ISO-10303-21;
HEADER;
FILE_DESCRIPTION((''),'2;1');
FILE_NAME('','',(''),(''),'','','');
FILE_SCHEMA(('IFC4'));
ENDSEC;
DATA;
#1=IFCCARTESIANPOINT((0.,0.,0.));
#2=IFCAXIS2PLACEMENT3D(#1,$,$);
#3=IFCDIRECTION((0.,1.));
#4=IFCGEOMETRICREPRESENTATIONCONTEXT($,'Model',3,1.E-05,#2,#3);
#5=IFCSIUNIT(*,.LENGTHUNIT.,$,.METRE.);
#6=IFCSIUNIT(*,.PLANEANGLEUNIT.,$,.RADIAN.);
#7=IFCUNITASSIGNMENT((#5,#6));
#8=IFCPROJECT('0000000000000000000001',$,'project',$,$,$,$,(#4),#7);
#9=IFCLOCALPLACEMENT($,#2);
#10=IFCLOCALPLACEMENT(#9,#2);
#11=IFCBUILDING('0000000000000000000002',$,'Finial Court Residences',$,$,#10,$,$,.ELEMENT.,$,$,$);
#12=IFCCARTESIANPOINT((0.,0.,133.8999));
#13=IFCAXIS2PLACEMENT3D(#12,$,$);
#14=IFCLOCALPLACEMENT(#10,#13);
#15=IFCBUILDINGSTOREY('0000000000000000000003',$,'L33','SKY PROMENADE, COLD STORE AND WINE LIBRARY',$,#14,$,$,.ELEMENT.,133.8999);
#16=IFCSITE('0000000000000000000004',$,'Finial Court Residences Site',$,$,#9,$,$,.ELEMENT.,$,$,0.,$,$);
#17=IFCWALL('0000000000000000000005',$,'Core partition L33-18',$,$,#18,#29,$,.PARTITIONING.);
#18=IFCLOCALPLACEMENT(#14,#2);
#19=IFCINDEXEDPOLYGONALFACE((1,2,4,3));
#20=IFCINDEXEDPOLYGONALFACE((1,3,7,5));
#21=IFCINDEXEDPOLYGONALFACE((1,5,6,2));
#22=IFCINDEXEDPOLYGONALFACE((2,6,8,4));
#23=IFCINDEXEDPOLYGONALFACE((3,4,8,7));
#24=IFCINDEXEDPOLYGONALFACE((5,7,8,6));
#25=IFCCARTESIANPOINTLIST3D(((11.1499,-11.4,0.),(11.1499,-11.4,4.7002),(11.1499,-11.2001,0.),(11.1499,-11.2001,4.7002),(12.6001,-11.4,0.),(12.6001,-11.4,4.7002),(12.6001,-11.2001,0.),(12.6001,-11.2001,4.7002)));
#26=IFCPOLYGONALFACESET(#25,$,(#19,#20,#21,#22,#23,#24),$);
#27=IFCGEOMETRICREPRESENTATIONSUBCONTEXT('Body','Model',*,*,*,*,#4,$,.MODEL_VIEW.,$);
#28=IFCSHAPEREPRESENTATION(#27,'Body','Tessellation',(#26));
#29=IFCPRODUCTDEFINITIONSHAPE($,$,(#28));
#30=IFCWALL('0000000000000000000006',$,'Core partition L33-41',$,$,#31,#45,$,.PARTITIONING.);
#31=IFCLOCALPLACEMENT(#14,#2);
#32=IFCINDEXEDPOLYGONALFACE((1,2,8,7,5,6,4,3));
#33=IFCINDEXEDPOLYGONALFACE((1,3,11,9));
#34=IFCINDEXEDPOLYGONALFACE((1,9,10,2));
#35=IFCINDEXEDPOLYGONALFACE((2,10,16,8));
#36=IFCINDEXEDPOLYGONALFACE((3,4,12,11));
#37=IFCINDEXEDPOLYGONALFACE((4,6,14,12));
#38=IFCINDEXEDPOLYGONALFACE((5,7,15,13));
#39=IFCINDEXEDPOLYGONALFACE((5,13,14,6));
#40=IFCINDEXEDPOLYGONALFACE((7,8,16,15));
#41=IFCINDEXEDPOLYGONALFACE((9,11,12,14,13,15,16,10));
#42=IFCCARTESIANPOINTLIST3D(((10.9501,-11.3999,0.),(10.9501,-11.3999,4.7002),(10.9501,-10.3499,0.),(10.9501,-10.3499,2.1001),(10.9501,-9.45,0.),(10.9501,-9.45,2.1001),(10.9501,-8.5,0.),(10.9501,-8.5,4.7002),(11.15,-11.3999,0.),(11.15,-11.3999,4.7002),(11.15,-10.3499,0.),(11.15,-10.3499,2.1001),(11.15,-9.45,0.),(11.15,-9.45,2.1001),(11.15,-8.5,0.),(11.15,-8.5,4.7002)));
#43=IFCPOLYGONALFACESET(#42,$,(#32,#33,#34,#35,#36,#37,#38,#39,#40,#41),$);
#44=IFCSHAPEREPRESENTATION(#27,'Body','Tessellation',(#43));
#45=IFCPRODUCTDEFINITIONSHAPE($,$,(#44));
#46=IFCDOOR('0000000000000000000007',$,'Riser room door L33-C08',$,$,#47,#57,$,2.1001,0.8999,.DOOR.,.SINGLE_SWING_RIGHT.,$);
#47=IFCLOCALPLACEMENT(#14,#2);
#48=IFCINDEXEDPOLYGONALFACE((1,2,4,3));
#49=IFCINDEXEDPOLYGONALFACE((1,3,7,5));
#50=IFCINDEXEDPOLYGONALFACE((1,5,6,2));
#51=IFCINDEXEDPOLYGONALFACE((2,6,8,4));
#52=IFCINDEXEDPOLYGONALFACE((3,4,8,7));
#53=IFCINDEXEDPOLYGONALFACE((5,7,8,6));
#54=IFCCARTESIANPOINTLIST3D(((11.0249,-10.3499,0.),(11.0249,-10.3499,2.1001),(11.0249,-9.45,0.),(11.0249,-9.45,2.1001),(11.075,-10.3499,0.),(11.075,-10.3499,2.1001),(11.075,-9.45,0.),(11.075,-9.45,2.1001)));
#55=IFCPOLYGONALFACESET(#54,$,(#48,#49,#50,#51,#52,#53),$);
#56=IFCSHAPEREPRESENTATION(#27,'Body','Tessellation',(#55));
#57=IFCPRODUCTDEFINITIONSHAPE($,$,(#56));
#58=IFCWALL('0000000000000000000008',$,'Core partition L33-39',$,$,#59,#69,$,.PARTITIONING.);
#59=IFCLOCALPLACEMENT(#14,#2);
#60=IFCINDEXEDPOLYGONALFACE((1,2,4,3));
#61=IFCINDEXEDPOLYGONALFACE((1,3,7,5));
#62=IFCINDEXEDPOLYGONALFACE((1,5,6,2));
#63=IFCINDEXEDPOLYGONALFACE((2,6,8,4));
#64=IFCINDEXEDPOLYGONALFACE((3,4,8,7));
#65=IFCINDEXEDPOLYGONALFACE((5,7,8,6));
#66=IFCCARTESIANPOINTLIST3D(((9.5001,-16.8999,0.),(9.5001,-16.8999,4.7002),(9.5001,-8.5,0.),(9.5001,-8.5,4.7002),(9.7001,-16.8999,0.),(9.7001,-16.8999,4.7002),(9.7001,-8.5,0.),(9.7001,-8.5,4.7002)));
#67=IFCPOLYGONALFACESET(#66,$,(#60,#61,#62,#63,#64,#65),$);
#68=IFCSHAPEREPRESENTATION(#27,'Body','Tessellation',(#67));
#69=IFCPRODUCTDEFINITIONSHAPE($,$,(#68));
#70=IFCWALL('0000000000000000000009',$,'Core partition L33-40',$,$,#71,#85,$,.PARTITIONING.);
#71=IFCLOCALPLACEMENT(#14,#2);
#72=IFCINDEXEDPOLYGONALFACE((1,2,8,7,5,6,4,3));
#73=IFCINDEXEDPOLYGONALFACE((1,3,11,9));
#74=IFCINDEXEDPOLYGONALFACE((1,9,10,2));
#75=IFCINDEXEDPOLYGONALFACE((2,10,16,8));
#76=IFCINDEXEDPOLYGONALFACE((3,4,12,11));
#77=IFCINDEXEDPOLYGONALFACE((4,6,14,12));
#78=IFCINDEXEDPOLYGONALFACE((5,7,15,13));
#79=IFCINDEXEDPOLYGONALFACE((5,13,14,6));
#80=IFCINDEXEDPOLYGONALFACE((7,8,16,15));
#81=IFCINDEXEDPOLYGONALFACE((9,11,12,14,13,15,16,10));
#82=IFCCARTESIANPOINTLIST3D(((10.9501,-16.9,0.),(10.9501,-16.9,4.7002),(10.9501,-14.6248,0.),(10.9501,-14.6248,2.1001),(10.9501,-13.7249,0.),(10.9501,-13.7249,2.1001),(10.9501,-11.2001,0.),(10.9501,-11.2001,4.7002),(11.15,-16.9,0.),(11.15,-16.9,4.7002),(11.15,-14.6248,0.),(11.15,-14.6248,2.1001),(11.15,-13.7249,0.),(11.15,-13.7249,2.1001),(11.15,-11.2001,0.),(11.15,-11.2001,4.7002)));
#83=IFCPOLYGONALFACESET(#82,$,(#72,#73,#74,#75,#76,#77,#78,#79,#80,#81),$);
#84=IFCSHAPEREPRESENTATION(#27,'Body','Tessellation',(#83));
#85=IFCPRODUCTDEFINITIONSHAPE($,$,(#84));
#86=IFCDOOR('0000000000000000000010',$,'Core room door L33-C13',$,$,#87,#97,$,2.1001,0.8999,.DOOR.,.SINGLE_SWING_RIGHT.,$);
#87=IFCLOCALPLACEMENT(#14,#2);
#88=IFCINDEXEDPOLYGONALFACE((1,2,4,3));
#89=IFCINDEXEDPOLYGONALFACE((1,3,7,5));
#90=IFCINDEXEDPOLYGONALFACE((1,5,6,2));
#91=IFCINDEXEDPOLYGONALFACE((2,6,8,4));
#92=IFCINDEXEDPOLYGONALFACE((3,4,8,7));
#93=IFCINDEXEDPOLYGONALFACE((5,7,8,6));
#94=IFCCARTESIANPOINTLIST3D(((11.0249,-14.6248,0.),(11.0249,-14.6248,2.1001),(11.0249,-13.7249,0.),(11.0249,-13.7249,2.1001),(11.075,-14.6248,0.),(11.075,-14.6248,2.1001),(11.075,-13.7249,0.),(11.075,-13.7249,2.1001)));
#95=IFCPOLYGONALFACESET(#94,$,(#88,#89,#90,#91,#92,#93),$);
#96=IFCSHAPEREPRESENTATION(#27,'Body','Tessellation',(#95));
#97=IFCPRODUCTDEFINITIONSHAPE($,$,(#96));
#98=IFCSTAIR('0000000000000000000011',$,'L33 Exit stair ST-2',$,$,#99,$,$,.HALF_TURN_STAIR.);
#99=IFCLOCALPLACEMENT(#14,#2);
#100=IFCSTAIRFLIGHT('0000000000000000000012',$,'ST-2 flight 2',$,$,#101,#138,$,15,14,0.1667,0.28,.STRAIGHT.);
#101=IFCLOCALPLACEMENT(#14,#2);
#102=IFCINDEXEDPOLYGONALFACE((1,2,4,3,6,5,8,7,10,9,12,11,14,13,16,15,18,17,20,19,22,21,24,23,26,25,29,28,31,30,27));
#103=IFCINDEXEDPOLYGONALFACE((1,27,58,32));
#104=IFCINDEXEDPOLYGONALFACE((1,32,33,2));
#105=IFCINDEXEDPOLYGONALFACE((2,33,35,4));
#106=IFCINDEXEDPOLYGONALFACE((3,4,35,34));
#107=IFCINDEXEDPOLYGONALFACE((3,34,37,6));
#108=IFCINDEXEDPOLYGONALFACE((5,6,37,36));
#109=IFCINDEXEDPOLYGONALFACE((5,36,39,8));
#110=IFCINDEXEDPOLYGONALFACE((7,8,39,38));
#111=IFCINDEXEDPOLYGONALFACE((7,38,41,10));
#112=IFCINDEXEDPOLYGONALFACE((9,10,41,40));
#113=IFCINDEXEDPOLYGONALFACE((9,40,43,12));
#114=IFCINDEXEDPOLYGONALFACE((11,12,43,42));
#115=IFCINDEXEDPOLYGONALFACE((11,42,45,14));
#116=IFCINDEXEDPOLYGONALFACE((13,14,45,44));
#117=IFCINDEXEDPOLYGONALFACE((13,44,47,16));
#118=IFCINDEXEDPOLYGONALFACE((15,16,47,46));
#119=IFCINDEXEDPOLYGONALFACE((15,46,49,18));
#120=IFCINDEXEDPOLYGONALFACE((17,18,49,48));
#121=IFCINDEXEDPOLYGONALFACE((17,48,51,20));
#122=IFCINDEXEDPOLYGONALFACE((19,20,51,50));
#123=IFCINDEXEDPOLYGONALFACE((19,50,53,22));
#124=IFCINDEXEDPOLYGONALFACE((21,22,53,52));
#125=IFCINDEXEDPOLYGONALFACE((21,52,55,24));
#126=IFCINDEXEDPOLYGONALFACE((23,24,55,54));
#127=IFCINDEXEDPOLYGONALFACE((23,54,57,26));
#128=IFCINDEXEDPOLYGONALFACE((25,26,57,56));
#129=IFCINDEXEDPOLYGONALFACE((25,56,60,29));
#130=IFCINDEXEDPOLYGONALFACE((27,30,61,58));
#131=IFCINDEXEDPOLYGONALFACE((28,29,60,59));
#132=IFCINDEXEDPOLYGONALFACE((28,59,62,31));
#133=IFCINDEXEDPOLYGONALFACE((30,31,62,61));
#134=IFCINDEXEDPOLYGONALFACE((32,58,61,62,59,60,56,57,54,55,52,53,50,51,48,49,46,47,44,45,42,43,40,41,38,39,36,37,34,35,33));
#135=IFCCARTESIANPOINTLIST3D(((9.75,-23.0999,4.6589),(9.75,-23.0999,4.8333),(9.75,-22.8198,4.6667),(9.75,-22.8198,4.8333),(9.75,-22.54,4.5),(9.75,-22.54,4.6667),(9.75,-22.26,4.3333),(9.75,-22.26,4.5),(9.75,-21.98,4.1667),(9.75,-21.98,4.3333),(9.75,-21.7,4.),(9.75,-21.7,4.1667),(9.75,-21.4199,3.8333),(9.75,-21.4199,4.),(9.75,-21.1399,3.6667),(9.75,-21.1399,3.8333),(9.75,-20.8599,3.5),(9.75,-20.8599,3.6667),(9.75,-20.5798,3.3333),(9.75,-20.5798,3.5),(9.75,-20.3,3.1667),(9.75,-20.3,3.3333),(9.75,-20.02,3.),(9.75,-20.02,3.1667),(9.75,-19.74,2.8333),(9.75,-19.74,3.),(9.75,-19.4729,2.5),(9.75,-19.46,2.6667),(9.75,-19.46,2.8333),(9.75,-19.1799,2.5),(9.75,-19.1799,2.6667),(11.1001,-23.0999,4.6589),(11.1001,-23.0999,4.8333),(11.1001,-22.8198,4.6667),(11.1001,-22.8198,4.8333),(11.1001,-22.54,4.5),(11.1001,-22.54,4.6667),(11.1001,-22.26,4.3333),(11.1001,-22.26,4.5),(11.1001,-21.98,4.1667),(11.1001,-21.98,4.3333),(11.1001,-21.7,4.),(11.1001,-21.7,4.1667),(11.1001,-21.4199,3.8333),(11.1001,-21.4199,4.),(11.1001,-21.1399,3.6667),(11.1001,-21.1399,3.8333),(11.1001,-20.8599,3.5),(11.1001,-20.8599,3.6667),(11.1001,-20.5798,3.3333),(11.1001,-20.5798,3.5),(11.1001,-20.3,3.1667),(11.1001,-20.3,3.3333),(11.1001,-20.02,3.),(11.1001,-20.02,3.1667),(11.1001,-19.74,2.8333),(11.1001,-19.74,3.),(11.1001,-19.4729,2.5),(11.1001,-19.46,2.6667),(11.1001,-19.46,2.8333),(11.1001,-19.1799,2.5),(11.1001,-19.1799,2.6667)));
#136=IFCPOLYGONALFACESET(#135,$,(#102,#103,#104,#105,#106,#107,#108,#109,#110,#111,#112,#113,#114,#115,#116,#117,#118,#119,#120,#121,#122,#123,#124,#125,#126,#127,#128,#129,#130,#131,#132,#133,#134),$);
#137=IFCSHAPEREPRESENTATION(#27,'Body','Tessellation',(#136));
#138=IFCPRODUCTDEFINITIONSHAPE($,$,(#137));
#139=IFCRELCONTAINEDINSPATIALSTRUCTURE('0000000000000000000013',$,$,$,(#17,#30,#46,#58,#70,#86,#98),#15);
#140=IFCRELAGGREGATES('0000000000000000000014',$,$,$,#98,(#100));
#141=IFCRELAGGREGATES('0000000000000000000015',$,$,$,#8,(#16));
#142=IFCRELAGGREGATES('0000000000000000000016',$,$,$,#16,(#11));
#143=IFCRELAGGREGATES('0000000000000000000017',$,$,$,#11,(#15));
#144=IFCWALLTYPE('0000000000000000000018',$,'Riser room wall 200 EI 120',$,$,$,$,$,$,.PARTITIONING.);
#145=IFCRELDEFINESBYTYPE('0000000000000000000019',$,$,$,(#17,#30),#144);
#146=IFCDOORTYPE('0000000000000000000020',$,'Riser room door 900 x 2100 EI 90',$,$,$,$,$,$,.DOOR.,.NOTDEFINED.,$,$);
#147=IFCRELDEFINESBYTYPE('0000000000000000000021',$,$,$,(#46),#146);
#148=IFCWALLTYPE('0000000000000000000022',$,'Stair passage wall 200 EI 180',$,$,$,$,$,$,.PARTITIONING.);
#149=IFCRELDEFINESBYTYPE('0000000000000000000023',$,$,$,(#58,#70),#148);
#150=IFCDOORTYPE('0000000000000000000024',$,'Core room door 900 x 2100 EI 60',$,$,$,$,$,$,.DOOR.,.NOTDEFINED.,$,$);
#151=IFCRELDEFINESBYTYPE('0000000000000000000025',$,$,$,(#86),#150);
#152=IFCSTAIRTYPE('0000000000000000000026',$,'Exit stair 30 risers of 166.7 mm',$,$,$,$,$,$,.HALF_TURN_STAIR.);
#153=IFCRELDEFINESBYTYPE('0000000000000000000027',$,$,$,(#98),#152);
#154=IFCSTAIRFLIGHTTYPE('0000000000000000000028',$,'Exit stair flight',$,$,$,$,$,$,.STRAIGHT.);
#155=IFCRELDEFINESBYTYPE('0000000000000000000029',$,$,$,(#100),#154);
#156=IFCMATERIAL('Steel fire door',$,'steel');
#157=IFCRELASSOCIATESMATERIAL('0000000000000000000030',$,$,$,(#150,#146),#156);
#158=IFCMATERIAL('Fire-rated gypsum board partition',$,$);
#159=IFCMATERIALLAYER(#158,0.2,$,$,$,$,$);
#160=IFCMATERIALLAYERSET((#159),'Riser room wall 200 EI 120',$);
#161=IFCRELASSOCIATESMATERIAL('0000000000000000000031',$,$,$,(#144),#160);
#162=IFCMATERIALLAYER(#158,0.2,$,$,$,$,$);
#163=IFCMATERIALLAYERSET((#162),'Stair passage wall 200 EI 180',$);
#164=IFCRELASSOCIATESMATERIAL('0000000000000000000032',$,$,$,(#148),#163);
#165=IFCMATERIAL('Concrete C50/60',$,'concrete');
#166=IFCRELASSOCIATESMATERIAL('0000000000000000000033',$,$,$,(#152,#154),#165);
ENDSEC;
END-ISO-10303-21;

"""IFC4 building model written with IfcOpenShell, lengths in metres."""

from ifc_helpers import new_model, si_unit, direction, frame, frame_2d, origin, place, context, subcontext, project, spatial, polyline, rectangle, outline, extrude, material, layer, layer_set, type_object, element, fill, aggregate, save


model = new_model("IFC4")

# Units and contexts
model_context = context("Model", 3, precision=1e-05, world=origin(), true_north=direction((0.0, 1.0)))
body_context = subcontext(model_context, "Body", "Model", "MODEL_VIEW")
ifc_project = project(units=[si_unit("LENGTHUNIT", "METRE"), si_unit("PLANEANGLEUNIT", "RADIAN")], contexts=[model_context])

# Site, building, storey
site_placement = place(None, origin())
site = spatial("IfcSite", under=ifc_project, at=site_placement, Name="Finial Court Residences Site", CompositionType="ELEMENT", RefElevation=0.0)
building_placement = place(site_placement, origin())
building = spatial("IfcBuilding", under=site, at=building_placement, Name="Finial Court Residences", CompositionType="ELEMENT")
storey_placement = place(building_placement, frame((0.0, 0.0, 133.8999)))
storey = spatial("IfcBuildingStorey", under=building, at=storey_placement, Name="L33", Description="SKY PROMENADE, COLD STORE AND WINE LIBRARY", CompositionType="ELEMENT", Elevation=133.8999)

# Shared definitions
ifc_material_1 = material(Name="Fire-rated gypsum board partition")

# Shared definitions
ifc_material_2 = material(Name="Steel fire door", Category="steel")
door_type_1 = type_object("IfcDoorType", Name="Core room door 900 x 2100 EI 60", OperationType="NOTDEFINED", PredefinedType="DOOR", material=ifc_material_2)

# Wall
ifc_layer_1 = layer(ifc_material_1, 0.2)
ifc_layer_set_1 = layer_set([ifc_layer_1], Name="Riser room wall 200 EI 120")
wall_type_1 = type_object("IfcWallType", Name="Riser room wall 200 EI 120", PredefinedType="PARTITIONING", material=ifc_layer_set_1)
wall_1_placement = place(storey_placement, frame((11.1499, -11.3, 0.0), z_axis=(0.0, 0.0, 1.0), x_axis=(1.0, 0.0, 0.0)))
element("IfcWall", 1, at=wall_1_placement, inside=storey, type_object=wall_type_1, Name="Core partition L33-18", PredefinedType="PARTITIONING", context=body_context, shape_type="SweptSolid", body=[
    extrude(rectangle(XDim=1.4502, YDim=0.2, at=frame_2d((0.7251, 0.0))), origin(), (0.0, 0.0, 1.0), 4.7002),
])

# Wall, opening, door
wall_2_placement = place(storey_placement, frame((11.05, -8.5, 0.0), z_axis=(0.0, 0.0, 1.0), x_axis=(0.0, -1.0, 0.0)))
wall_2 = element("IfcWall", 2, at=wall_2_placement, inside=storey, type_object=wall_type_1, Name="Core partition L33-41", PredefinedType="PARTITIONING", context=body_context, shape_type="SweptSolid", body=[
    extrude(rectangle(XDim=2.8999, YDim=0.2, at=frame_2d((1.45, 0.0))), origin(), (0.0, 0.0, 1.0), 4.7002),
])
opening_1_placement = place(wall_2_placement, frame((0.95, 0.0, 0.0)))
opening_1 = element("IfcOpeningElement", 3, at=opening_1_placement, cuts=wall_2, PredefinedType="OPENING", context=body_context, shape_type="SweptSolid", body=[
    extrude(rectangle(XDim=0.8999, YDim=2.1001, at=frame_2d((0.45, 1.05))), frame((0.0, 0.1099, 0.0), z_axis=(0.0, -1.0, 0.0), x_axis=(1.0, 0.0, 0.0)), (0.0, 0.0, 1.0), 0.22),
])
door_type_2 = type_object("IfcDoorType", Name="Riser room door 900 x 2100 EI 90", OperationType="NOTDEFINED", PredefinedType="DOOR", material=ifc_material_2)
door_1_placement = place(opening_1_placement, origin())
door_1 = element("IfcDoor", 4, at=door_1_placement, inside=storey, type_object=door_type_2, Name="Riser room door L33-C08", OperationType="SINGLE_SWING_RIGHT", OverallHeight=2.1001, OverallWidth=0.8999, PredefinedType="DOOR", context=body_context, shape_type="SweptSolid", body=[
    extrude(rectangle(XDim=0.8999, YDim=2.1001, at=frame_2d((0.45, 1.05))), frame((0.0, 0.0249, 0.0), z_axis=(0.0, -1.0, 0.0), x_axis=(1.0, 0.0, 0.0)), (0.0, 0.0, 1.0), 0.05),
])
fill(opening_1, door_1)

# Wall
ifc_layer_2 = layer(ifc_material_1, 0.2)
ifc_layer_set_2 = layer_set([ifc_layer_2], Name="Stair passage wall 200 EI 180")
wall_type_2 = type_object("IfcWallType", Name="Stair passage wall 200 EI 180", PredefinedType="PARTITIONING", material=ifc_layer_set_2)
wall_3_placement = place(storey_placement, frame((9.6001, -16.8999, 0.0), z_axis=(0.0, 0.0, 1.0), x_axis=(0.0, 1.0, 0.0)))
element("IfcWall", 5, at=wall_3_placement, inside=storey, type_object=wall_type_2, Name="Core partition L33-39", PredefinedType="PARTITIONING", context=body_context, shape_type="SweptSolid", body=[
    extrude(rectangle(XDim=8.3999, YDim=0.2, at=frame_2d((4.2, 0.0))), origin(), (0.0, 0.0, 1.0), 4.7002),
])

# Wall, opening, door
wall_4_placement = place(storey_placement, frame((11.05, -11.2, 0.0), z_axis=(0.0, 0.0, 1.0), x_axis=(0.0, -1.0, 0.0)))
wall_4 = element("IfcWall", 6, at=wall_4_placement, inside=storey, type_object=wall_type_2, Name="Core partition L33-40", PredefinedType="PARTITIONING", context=body_context, shape_type="SweptSolid", body=[
    extrude(rectangle(XDim=5.7, YDim=0.2, at=frame_2d((2.8501, 0.0))), origin(), (0.0, 0.0, 1.0), 4.7002),
])
opening_2_placement = place(wall_4_placement, frame((2.5249, 0.0, 0.0)))
opening_2 = element("IfcOpeningElement", 7, at=opening_2_placement, cuts=wall_4, PredefinedType="OPENING", context=body_context, shape_type="SweptSolid", body=[
    extrude(rectangle(XDim=0.8999, YDim=2.1001, at=frame_2d((0.45, 1.05))), frame((0.0, 0.1099, 0.0), z_axis=(0.0, -1.0, 0.0), x_axis=(1.0, 0.0, 0.0)), (0.0, 0.0, 1.0), 0.22),
])
door_2_placement = place(opening_2_placement, origin())
door_2 = element("IfcDoor", 8, at=door_2_placement, inside=storey, type_object=door_type_1, Name="Core room door L33-C13", OperationType="SINGLE_SWING_RIGHT", OverallHeight=2.1001, OverallWidth=0.8999, PredefinedType="DOOR", context=body_context, shape_type="SweptSolid", body=[
    extrude(rectangle(XDim=0.8999, YDim=2.1001, at=frame_2d((0.45, 1.05))), frame((0.0, 0.0249, 0.0), z_axis=(0.0, -1.0, 0.0), x_axis=(1.0, 0.0, 0.0)), (0.0, 0.0, 1.0), 0.05),
])
fill(opening_2, door_2)

# Stair, stair flight
ifc_material_3 = material(Name="Concrete C50/60", Category="concrete")
stair_type = type_object("IfcStairType", Name="Exit stair 30 risers of 166.7 mm", PredefinedType="HALF_TURN_STAIR", material=ifc_material_3)
stair_placement = place(storey_placement, origin())
stair = element("IfcStair", 9, at=stair_placement, inside=storey, type_object=stair_type, Name="L33 Exit stair ST-2", PredefinedType="HALF_TURN_STAIR")
stair_flight_type = type_object("IfcStairFlightType", Name="Exit stair flight", PredefinedType="STRAIGHT", material=ifc_material_3)
stair_flight_placement = place(storey_placement, frame((10.425, -19.1799, 2.5), z_axis=(0.0, 0.0, 1.0), x_axis=(0.0, -1.0, 0.0)))
stair_flight = element("IfcStairFlight", 10, at=stair_flight_placement, type_object=stair_flight_type, Name="ST-2 flight 2", NumberOfRisers=15, NumberOfTreads=14, PredefinedType="STRAIGHT", RiserHeight=0.1667, TreadLength=0.28, context=body_context, shape_type="SweptSolid", body=[
    extrude(outline(polyline([(0.0, 0.0), (0.0, 0.1667), (0.28, 0.1667), (0.28, 0.3333), (0.5601, 0.3333), (0.5601, 0.5), (0.8401, 0.5), (0.8401, 0.6667), (1.1201, 0.6667), (1.1201, 0.8333), (1.3999, 0.8333), (1.3999, 1.0), (1.6799, 1.0), (1.6799, 1.1667), (1.96, 1.1667), (1.96, 1.3333), (2.24, 1.3333), (2.24, 1.5), (2.52, 1.5), (2.52, 1.6667), (2.8, 1.6667), (2.8, 1.8333), (3.0801, 1.8333), (3.0801, 2.0), (3.3601, 2.0), (3.3601, 2.1667), (3.6399, 2.1667), (3.6399, 2.3333), (3.9199, 2.3333), (3.9199, 2.5), (3.9199, 2.1589), (0.293, 0.0), (0.0, 0.0)])), frame((0.0, 0.675, 0.0), z_axis=(0.0, -1.0, 0.0), x_axis=(1.0, 0.0, 0.0)), (0.0, 0.0, 1.0), 1.3501),
])
aggregate(stair, [stair_flight])

save(model, "model.ifc")
